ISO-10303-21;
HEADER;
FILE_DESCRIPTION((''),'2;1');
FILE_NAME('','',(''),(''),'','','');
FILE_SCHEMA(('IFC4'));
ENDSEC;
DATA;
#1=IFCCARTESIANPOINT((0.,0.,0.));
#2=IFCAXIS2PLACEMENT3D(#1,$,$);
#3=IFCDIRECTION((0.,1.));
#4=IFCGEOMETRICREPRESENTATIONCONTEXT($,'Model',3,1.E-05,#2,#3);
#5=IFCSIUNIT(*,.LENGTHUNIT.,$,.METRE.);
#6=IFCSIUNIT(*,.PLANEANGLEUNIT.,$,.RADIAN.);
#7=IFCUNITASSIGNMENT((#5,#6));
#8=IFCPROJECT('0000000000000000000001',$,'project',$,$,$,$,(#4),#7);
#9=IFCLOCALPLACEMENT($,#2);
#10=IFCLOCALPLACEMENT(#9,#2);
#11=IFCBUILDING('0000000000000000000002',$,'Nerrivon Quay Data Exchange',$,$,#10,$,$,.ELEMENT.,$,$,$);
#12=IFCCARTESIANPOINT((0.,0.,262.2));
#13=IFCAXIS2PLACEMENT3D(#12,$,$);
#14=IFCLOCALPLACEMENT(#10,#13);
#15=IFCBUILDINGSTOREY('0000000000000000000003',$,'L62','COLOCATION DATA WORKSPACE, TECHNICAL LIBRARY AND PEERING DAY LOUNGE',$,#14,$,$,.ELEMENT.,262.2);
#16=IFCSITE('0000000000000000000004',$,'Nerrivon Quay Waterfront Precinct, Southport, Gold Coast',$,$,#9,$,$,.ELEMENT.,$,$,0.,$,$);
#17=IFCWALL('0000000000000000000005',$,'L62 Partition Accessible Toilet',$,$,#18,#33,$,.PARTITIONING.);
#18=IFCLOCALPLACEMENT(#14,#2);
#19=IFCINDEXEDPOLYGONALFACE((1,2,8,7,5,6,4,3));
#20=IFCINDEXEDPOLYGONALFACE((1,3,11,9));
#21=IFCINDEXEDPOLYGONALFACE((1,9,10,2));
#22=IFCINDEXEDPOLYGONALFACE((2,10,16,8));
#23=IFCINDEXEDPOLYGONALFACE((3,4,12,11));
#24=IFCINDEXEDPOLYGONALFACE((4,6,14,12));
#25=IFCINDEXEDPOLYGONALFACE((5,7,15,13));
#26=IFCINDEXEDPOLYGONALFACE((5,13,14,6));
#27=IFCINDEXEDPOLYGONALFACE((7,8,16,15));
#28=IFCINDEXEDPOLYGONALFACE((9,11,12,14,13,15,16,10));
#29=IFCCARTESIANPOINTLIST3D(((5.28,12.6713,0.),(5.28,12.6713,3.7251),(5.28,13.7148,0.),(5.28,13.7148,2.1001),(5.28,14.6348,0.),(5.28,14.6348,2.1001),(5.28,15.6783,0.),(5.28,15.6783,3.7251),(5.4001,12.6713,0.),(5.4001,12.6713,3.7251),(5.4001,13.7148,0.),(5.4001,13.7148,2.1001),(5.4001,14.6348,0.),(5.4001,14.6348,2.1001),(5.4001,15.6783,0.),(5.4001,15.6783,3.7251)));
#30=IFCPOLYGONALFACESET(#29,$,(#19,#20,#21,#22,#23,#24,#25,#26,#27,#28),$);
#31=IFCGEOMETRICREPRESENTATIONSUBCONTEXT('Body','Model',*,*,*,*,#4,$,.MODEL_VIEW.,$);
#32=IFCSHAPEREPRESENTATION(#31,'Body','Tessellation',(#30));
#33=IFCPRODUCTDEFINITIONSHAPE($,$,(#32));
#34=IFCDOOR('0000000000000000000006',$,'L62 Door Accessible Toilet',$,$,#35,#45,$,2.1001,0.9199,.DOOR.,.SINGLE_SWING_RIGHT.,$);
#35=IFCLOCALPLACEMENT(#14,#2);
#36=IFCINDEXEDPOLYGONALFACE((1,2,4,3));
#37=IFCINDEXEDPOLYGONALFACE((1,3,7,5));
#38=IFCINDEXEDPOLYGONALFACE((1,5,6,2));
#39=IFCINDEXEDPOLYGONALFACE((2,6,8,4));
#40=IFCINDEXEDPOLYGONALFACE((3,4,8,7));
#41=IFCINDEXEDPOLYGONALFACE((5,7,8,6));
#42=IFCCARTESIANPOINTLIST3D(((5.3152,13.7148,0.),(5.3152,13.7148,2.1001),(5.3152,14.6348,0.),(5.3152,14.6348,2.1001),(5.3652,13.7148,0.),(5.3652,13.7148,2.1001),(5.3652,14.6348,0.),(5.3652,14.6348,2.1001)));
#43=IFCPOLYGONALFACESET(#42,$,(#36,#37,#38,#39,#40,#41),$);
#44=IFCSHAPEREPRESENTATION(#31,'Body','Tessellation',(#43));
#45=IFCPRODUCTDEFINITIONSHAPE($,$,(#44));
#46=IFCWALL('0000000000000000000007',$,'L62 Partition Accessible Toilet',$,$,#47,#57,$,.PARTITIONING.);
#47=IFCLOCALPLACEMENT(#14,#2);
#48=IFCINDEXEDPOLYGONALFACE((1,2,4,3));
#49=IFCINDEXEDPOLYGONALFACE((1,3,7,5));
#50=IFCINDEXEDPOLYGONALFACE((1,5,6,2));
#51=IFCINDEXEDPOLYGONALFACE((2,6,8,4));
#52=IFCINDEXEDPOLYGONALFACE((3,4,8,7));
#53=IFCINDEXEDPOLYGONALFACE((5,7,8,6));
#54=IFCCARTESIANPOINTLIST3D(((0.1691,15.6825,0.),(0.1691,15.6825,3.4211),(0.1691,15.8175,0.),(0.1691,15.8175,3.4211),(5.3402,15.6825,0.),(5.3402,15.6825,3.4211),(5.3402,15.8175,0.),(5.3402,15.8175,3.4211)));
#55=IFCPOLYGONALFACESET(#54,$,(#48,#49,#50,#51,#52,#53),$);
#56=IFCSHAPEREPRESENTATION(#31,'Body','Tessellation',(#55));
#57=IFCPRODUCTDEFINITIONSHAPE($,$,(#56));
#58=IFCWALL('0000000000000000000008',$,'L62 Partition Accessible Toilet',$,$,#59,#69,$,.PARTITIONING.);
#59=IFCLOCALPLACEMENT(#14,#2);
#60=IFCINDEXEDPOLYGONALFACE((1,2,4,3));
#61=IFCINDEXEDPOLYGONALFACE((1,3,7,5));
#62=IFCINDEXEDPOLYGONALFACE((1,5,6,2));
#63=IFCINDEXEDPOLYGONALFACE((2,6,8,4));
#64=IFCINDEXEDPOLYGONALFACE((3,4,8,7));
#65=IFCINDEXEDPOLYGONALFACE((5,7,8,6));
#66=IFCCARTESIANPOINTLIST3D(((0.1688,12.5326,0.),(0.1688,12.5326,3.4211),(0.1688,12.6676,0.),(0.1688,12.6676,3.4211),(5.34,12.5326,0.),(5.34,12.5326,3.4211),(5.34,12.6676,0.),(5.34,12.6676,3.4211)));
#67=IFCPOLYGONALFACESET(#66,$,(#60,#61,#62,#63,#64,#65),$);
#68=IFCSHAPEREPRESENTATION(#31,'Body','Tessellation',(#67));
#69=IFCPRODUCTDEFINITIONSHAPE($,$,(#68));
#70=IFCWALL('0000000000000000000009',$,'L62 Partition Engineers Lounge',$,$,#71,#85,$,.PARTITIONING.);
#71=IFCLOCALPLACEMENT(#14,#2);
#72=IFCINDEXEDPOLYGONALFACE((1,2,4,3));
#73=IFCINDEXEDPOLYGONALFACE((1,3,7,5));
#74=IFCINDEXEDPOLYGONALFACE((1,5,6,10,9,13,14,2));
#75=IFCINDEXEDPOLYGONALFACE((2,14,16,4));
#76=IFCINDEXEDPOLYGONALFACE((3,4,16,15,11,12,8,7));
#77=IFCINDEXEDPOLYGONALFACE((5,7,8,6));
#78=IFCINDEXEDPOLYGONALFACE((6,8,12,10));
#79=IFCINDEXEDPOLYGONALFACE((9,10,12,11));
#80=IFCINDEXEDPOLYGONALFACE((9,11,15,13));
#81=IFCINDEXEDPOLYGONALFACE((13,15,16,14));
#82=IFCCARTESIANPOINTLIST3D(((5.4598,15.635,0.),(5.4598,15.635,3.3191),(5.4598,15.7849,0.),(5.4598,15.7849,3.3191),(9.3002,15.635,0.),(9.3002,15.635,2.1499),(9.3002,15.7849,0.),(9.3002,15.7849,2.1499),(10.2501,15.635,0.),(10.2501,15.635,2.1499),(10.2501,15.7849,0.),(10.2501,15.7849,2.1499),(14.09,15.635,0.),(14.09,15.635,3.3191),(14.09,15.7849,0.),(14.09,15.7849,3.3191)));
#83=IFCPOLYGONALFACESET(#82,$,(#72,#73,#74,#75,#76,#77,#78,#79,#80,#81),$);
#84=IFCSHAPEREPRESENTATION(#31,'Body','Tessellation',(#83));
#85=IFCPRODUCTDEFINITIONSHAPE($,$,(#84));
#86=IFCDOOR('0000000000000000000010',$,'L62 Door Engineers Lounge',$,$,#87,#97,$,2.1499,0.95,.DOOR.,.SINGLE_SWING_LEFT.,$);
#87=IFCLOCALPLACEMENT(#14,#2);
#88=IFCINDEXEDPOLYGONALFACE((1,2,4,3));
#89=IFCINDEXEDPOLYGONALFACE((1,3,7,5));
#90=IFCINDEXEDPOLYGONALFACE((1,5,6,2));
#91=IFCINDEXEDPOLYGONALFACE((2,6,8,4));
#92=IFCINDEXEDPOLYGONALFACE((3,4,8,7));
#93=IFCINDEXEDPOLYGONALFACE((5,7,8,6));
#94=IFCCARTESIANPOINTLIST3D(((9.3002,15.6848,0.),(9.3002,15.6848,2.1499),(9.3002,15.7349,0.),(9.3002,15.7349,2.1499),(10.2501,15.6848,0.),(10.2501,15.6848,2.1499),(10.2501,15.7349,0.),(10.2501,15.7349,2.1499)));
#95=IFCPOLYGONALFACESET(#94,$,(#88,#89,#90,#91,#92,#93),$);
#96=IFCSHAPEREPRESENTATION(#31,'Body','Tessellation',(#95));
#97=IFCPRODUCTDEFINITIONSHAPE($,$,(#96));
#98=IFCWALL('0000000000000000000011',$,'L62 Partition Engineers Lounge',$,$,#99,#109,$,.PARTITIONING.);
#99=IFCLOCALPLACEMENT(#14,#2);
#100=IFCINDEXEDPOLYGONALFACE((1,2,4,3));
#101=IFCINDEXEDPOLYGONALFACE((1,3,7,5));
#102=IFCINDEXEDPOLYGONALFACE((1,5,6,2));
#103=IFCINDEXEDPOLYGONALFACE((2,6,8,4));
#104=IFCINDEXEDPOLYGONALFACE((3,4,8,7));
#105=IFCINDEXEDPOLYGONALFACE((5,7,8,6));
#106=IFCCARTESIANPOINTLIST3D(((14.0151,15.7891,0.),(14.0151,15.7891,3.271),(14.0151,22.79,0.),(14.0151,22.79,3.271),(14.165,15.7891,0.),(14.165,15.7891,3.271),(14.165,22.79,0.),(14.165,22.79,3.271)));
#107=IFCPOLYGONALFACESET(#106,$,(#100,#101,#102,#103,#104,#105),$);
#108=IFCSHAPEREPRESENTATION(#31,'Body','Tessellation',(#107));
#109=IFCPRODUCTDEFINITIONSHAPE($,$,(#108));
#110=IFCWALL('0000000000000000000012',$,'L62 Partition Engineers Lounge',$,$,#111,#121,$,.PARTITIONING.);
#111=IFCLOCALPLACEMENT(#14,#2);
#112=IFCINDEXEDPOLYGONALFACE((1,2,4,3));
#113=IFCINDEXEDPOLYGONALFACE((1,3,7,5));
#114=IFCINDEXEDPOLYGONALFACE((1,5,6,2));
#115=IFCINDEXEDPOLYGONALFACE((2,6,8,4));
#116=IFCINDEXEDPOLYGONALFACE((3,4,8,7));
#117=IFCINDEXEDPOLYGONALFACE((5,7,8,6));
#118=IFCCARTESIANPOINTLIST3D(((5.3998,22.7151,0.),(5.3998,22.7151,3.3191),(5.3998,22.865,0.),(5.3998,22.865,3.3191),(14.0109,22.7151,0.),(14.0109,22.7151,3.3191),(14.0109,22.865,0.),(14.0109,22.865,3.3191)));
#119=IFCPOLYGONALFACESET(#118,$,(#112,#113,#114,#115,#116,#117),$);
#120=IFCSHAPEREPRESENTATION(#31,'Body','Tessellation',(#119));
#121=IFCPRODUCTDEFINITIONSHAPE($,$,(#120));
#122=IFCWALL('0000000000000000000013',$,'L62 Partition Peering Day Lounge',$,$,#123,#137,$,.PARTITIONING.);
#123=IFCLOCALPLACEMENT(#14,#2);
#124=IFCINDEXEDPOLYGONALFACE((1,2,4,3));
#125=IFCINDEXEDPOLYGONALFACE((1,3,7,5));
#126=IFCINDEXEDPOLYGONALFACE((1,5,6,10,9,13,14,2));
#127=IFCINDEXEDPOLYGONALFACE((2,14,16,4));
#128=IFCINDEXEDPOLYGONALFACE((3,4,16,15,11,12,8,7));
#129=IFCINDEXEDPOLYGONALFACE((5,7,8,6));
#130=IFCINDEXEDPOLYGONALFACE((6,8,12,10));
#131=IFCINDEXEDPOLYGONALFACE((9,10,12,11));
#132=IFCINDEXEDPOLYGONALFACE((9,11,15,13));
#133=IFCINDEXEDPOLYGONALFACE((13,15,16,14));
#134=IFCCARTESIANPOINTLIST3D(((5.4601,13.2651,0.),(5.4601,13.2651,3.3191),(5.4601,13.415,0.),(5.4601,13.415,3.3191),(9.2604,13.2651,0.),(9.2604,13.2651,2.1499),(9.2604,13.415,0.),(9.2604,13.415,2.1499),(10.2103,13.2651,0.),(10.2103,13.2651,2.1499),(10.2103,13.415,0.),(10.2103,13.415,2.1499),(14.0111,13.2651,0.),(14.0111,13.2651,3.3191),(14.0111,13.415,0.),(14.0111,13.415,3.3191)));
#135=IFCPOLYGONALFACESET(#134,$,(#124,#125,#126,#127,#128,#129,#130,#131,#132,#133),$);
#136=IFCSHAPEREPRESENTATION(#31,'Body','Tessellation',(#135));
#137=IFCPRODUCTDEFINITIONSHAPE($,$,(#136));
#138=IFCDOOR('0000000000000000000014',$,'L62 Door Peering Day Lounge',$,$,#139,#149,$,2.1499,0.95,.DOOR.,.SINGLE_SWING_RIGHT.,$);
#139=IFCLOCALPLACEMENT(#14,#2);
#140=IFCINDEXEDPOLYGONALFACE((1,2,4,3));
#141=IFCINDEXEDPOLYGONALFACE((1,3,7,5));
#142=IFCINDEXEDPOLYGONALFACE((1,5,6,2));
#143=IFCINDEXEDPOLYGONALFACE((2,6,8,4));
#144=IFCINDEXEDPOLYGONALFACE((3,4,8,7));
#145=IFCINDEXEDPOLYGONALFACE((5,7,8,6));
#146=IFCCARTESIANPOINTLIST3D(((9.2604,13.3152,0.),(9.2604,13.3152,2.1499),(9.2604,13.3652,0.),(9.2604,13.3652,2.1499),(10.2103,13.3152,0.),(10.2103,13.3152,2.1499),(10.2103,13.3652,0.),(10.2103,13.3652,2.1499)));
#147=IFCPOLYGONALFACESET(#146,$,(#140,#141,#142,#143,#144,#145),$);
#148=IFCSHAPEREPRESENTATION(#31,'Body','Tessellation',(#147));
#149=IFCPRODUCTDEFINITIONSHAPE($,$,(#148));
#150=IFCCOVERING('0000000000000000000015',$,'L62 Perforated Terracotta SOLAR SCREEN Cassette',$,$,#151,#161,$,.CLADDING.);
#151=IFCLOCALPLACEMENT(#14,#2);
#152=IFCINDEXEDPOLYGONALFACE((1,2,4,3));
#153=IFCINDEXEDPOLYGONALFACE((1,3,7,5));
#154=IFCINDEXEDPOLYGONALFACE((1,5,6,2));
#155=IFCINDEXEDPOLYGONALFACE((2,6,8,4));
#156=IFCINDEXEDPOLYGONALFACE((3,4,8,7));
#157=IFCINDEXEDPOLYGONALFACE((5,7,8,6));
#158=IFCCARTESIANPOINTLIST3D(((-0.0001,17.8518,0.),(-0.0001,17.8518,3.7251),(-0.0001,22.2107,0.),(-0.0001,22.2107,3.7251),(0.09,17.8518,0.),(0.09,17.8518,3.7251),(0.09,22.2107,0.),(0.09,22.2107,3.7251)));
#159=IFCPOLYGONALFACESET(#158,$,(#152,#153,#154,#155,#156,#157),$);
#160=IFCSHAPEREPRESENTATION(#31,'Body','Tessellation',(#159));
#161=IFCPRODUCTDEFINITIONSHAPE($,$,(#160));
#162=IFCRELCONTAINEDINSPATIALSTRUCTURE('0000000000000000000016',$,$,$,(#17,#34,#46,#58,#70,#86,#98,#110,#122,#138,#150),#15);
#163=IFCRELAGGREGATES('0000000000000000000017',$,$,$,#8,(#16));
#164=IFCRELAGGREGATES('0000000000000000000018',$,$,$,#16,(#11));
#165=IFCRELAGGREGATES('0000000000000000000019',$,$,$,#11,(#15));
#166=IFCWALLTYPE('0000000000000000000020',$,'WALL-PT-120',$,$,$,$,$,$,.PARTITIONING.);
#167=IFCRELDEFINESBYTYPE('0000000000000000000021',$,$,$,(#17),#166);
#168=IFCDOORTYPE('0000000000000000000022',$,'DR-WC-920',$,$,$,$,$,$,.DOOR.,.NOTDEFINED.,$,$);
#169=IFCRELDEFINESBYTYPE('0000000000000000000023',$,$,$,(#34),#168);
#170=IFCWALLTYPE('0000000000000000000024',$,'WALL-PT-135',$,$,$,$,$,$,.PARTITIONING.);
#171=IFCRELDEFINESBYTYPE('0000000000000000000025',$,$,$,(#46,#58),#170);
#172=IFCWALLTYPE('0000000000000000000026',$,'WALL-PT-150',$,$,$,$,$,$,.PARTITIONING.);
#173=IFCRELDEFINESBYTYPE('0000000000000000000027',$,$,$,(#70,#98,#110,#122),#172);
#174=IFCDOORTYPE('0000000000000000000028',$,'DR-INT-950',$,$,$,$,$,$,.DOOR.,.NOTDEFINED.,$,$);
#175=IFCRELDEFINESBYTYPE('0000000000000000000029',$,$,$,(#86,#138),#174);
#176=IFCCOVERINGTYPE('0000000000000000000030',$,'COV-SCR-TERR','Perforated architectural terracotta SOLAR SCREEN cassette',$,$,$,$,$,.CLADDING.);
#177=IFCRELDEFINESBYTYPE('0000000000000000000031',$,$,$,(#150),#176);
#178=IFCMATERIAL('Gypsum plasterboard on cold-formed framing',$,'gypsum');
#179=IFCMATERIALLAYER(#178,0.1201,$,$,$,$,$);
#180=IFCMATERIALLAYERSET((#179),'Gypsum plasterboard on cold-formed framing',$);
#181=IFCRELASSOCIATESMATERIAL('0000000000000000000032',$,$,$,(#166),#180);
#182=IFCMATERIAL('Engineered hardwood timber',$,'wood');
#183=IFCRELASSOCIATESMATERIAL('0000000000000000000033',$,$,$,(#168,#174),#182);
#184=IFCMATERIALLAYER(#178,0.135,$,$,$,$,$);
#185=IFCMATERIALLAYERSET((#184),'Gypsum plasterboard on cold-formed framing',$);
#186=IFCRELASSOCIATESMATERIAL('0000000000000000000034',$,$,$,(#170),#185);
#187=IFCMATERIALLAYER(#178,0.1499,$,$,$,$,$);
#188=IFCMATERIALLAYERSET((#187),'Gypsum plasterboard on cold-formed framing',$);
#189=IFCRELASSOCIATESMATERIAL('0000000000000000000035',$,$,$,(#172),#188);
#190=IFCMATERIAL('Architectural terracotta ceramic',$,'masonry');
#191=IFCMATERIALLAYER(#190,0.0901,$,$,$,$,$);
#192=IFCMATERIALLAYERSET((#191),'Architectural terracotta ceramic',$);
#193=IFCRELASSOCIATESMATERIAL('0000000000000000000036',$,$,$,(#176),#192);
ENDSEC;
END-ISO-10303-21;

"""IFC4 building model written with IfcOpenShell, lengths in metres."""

from ifc_helpers import new_model, si_unit, direction, frame, frame_2d, origin, origin_2d, place, context, subcontext, project, spatial, rectangle, extrude, material, layer, layer_set, type_object, element, fill, save


model = new_model("IFC4")

# Units and contexts
model_context = context("Model", 3, precision=1e-05, world=origin(), true_north=direction((0.0, 1.0)))
body_context = subcontext(model_context, "Body", "Model", "MODEL_VIEW")
ifc_project = project(units=[si_unit("LENGTHUNIT", "METRE"), si_unit("PLANEANGLEUNIT", "RADIAN")], contexts=[model_context])

# Site, building, storey
site_placement = place(None, origin())
site = spatial("IfcSite", under=ifc_project, at=site_placement, Name="Nerrivon Quay Waterfront Precinct, Southport, Gold Coast", CompositionType="ELEMENT", RefElevation=0.0)
building_placement = place(site_placement, origin())
building = spatial("IfcBuilding", under=site, at=building_placement, Name="Nerrivon Quay Data Exchange", CompositionType="ELEMENT")
storey_placement = place(building_placement, frame((0.0, 0.0, 262.2)))
storey = spatial("IfcBuildingStorey", under=building, at=storey_placement, Name="L62", Description="COLOCATION DATA WORKSPACE, TECHNICAL LIBRARY AND PEERING DAY LOUNGE", CompositionType="ELEMENT", Elevation=262.2)

# Wall, opening, door
ifc_material_1 = material(Name="Gypsum plasterboard on cold-formed framing", Category="gypsum")
ifc_layer_1 = layer(ifc_material_1, 0.1201)
ifc_layer_set_1 = layer_set([ifc_layer_1], Name="Gypsum plasterboard on cold-formed framing")
wall_type_1 = type_object("IfcWallType", Name="WALL-PT-120", PredefinedType="PARTITIONING", material=ifc_layer_set_1)
wall_1_placement = place(storey_placement, frame((5.3401, 12.6714, 0.0), z_axis=(0.0, 0.0, 1.0), x_axis=(0.0, 1.0, 0.0)))
wall_1 = element("IfcWall", 1, at=wall_1_placement, inside=storey, type_object=wall_type_1, Name="L62 Partition Accessible Toilet", PredefinedType="PARTITIONING", context=body_context, shape_type="SweptSolid", body=[
    extrude(rectangle(XDim=3.0071, YDim=0.1201, at=frame_2d((1.5034, 0.0))), origin(), (0.0, 0.0, 1.0), 3.7251),
])
opening_1_placement = place(wall_1_placement, frame((1.0435, 0.0, 0.0)))
opening_1 = element("IfcOpeningElement", 2, at=opening_1_placement, cuts=wall_1, PredefinedType="OPENING", context=body_context, shape_type="SweptSolid", body=[
    extrude(rectangle(XDim=0.9199, YDim=2.1001, at=frame_2d((0.46, 1.05))), frame((0.0, 0.0701, 0.0), z_axis=(0.0, -1.0, 0.0), x_axis=(1.0, 0.0, 0.0)), (0.0, 0.0, 1.0), 0.1401),
])
ifc_material_2 = material(Name="Engineered hardwood timber", Category="wood")
door_type_1 = type_object("IfcDoorType", Name="DR-WC-920", OperationType="NOTDEFINED", PredefinedType="DOOR", material=ifc_material_2)
door_1_placement = place(opening_1_placement, origin())
door_1 = element("IfcDoor", 3, at=door_1_placement, inside=storey, type_object=door_type_1, Name="L62 Door Accessible Toilet", OperationType="SINGLE_SWING_RIGHT", OverallHeight=2.1001, OverallWidth=0.9199, PredefinedType="DOOR", context=body_context, shape_type="SweptSolid", body=[
    extrude(rectangle(XDim=0.9199, YDim=2.1001, at=frame_2d((0.46, 1.05))), frame((0.0, 0.0249, 0.0), z_axis=(0.0, -1.0, 0.0), x_axis=(1.0, 0.0, 0.0)), (0.0, 0.0, 1.0), 0.05),
])
fill(opening_1, door_1)

# Walls
ifc_layer_2 = layer(ifc_material_1, 0.135)
ifc_layer_set_2 = layer_set([ifc_layer_2], Name="Gypsum plasterboard on cold-formed framing")
wall_type_2 = type_object("IfcWallType", Name="WALL-PT-135", PredefinedType="PARTITIONING", material=ifc_layer_set_2)
for number, where, z_axis, x_axis, name in (
    (4, (5.3401, 15.75, 0.0), (0.0, 0.0, 1.0), (-1.0, 0.0, 0.0), "L62 Partition Accessible Toilet"),
    (5, (0.1689, 12.6001, 0.0), (0.0, 0.0, 1.0), (1.0, 0.0, 0.0), "L62 Partition Accessible Toilet"),
):
    element("IfcWall", number, at=place(storey_placement, frame(where, z_axis=z_axis, x_axis=x_axis)), inside=storey, type_object=wall_type_2, Name=name, PredefinedType="PARTITIONING", context=body_context, shape_type="SweptSolid", body=[
        extrude(rectangle(XDim=5.1711, YDim=0.135, at=frame_2d((2.5854, 0.0))), origin(), (0.0, 0.0, 1.0), 3.4211),
    ])

# Wall, opening, door
ifc_layer_3 = layer(ifc_material_1, 0.1499)
ifc_layer_set_3 = layer_set([ifc_layer_3], Name="Gypsum plasterboard on cold-formed framing")
wall_type_3 = type_object("IfcWallType", Name="WALL-PT-150", PredefinedType="PARTITIONING", material=ifc_layer_set_3)
wall_2_placement = place(storey_placement, frame((5.46, 15.71, 0.0), z_axis=(0.0, 0.0, 1.0), x_axis=(1.0, 0.0, 0.0)))
wall_2 = element("IfcWall", 6, at=wall_2_placement, inside=storey, type_object=wall_type_3, Name="L62 Partition Engineers Lounge", PredefinedType="PARTITIONING", context=body_context, shape_type="SweptSolid", body=[
    extrude(rectangle(XDim=8.6301, YDim=0.1499, at=frame_2d((4.3149, 0.0))), origin(), (0.0, 0.0, 1.0), 3.3191),
])
opening_2_placement = place(wall_2_placement, frame((3.8401, 0.0, 0.0)))
opening_2 = element("IfcOpeningElement", 7, at=opening_2_placement, cuts=wall_2, PredefinedType="OPENING", context=body_context, shape_type="SweptSolid", body=[
    extrude(rectangle(XDim=0.95, YDim=2.1499, at=frame_2d((0.4751, 1.075))), frame((0.0, 0.085, 0.0), z_axis=(0.0, -1.0, 0.0), x_axis=(1.0, 0.0, 0.0)), (0.0, 0.0, 1.0), 0.1699),
])
door_type_2 = type_object("IfcDoorType", Name="DR-INT-950", OperationType="NOTDEFINED", PredefinedType="DOOR", material=ifc_material_2)
door_2_placement = place(opening_2_placement, origin())
door_2 = element("IfcDoor", 8, at=door_2_placement, inside=storey, type_object=door_type_2, Name="L62 Door Engineers Lounge", OperationType="SINGLE_SWING_LEFT", OverallHeight=2.1499, OverallWidth=0.95, PredefinedType="DOOR", context=body_context, shape_type="SweptSolid", body=[
    extrude(rectangle(XDim=0.95, YDim=2.1499, at=frame_2d((0.4751, 1.075))), frame((0.0, 0.0249, 0.0), z_axis=(0.0, -1.0, 0.0), x_axis=(1.0, 0.0, 0.0)), (0.0, 0.0, 1.0), 0.05),
])
fill(opening_2, door_2)

# Walls
wall_3_placement = place(storey_placement, frame((14.0901, 15.7891, 0.0), z_axis=(0.0, 0.0, 1.0), x_axis=(0.0, 1.0, 0.0)))
element("IfcWall", 9, at=wall_3_placement, inside=storey, type_object=wall_type_3, Name="L62 Partition Engineers Lounge", PredefinedType="PARTITIONING", context=body_context, shape_type="SweptSolid", body=[
    extrude(rectangle(XDim=7.001, YDim=0.1499, at=frame_2d((3.5005, 0.0))), origin(), (0.0, 0.0, 1.0), 3.271),
])
wall_4_placement = place(storey_placement, frame((14.011, 22.79, 0.0), z_axis=(0.0, 0.0, 1.0), x_axis=(-1.0, 0.0, 0.0)))
element("IfcWall", 10, at=wall_4_placement, inside=storey, type_object=wall_type_3, Name="L62 Partition Engineers Lounge", PredefinedType="PARTITIONING", context=body_context, shape_type="SweptSolid", body=[
    extrude(rectangle(XDim=8.6111, YDim=0.1499, at=frame_2d((4.3057, 0.0))), origin(), (0.0, 0.0, 1.0), 3.3191),
])

# Wall, opening, door
wall_5_placement = place(storey_placement, frame((14.011, 13.3401, 0.0), z_axis=(0.0, 0.0, 1.0), x_axis=(-1.0, 0.0, 0.0)))
wall_5 = element("IfcWall", 11, at=wall_5_placement, inside=storey, type_object=wall_type_3, Name="L62 Partition Peering Day Lounge", PredefinedType="PARTITIONING", context=body_context, shape_type="SweptSolid", body=[
    extrude(rectangle(XDim=8.551, YDim=0.1499, at=frame_2d((4.2754, 0.0))), origin(), (0.0, 0.0, 1.0), 3.3191),
])
opening_3_placement = place(wall_5_placement, frame((3.8005, 0.0, 0.0)))
opening_3 = element("IfcOpeningElement", 12, at=opening_3_placement, cuts=wall_5, PredefinedType="OPENING", context=body_context, shape_type="SweptSolid", body=[
    extrude(rectangle(XDim=0.95, YDim=2.1499, at=frame_2d((0.4751, 1.075))), frame((0.0, 0.085, 0.0), z_axis=(0.0, -1.0, 0.0), x_axis=(1.0, 0.0, 0.0)), (0.0, 0.0, 1.0), 0.1699),
])
door_3_placement = place(opening_3_placement, origin())
door_3 = element("IfcDoor", 13, at=door_3_placement, inside=storey, type_object=door_type_2, Name="L62 Door Peering Day Lounge", OperationType="SINGLE_SWING_RIGHT", OverallHeight=2.1499, OverallWidth=0.95, PredefinedType="DOOR", context=body_context, shape_type="SweptSolid", body=[
    extrude(rectangle(XDim=0.95, YDim=2.1499, at=frame_2d((0.4751, 1.075))), frame((0.0, 0.0249, 0.0), z_axis=(0.0, -1.0, 0.0), x_axis=(1.0, 0.0, 0.0)), (0.0, 0.0, 1.0), 0.05),
])
fill(opening_3, door_3)

# Covering
ifc_material_3 = material(Name="Architectural terracotta ceramic", Category="masonry")
ifc_layer_4 = layer(ifc_material_3, 0.0901)
ifc_layer_set_4 = layer_set([ifc_layer_4], Name="Architectural terracotta ceramic")
covering_type = type_object("IfcCoveringType", Name="COV-SCR-TERR", Description="Perforated architectural terracotta SOLAR SCREEN cassette", PredefinedType="CLADDING", material=ifc_layer_set_4)
covering_placement = place(storey_placement, frame((0.0449, 20.0312, 0.0), z_axis=(0.0, 0.0, 1.0), x_axis=(0.0, 1.0, 0.0)))
element("IfcCovering", 14, at=covering_placement, inside=storey, type_object=covering_type, Name="L62 Perforated Terracotta SOLAR SCREEN Cassette", PredefinedType="CLADDING", context=body_context, shape_type="SweptSolid", body=[
    extrude(rectangle(XDim=4.3589, YDim=0.0901, at=origin_2d()), origin(), (0.0, 0.0, 1.0), 3.7251),
])

save(model, "model.ifc")
